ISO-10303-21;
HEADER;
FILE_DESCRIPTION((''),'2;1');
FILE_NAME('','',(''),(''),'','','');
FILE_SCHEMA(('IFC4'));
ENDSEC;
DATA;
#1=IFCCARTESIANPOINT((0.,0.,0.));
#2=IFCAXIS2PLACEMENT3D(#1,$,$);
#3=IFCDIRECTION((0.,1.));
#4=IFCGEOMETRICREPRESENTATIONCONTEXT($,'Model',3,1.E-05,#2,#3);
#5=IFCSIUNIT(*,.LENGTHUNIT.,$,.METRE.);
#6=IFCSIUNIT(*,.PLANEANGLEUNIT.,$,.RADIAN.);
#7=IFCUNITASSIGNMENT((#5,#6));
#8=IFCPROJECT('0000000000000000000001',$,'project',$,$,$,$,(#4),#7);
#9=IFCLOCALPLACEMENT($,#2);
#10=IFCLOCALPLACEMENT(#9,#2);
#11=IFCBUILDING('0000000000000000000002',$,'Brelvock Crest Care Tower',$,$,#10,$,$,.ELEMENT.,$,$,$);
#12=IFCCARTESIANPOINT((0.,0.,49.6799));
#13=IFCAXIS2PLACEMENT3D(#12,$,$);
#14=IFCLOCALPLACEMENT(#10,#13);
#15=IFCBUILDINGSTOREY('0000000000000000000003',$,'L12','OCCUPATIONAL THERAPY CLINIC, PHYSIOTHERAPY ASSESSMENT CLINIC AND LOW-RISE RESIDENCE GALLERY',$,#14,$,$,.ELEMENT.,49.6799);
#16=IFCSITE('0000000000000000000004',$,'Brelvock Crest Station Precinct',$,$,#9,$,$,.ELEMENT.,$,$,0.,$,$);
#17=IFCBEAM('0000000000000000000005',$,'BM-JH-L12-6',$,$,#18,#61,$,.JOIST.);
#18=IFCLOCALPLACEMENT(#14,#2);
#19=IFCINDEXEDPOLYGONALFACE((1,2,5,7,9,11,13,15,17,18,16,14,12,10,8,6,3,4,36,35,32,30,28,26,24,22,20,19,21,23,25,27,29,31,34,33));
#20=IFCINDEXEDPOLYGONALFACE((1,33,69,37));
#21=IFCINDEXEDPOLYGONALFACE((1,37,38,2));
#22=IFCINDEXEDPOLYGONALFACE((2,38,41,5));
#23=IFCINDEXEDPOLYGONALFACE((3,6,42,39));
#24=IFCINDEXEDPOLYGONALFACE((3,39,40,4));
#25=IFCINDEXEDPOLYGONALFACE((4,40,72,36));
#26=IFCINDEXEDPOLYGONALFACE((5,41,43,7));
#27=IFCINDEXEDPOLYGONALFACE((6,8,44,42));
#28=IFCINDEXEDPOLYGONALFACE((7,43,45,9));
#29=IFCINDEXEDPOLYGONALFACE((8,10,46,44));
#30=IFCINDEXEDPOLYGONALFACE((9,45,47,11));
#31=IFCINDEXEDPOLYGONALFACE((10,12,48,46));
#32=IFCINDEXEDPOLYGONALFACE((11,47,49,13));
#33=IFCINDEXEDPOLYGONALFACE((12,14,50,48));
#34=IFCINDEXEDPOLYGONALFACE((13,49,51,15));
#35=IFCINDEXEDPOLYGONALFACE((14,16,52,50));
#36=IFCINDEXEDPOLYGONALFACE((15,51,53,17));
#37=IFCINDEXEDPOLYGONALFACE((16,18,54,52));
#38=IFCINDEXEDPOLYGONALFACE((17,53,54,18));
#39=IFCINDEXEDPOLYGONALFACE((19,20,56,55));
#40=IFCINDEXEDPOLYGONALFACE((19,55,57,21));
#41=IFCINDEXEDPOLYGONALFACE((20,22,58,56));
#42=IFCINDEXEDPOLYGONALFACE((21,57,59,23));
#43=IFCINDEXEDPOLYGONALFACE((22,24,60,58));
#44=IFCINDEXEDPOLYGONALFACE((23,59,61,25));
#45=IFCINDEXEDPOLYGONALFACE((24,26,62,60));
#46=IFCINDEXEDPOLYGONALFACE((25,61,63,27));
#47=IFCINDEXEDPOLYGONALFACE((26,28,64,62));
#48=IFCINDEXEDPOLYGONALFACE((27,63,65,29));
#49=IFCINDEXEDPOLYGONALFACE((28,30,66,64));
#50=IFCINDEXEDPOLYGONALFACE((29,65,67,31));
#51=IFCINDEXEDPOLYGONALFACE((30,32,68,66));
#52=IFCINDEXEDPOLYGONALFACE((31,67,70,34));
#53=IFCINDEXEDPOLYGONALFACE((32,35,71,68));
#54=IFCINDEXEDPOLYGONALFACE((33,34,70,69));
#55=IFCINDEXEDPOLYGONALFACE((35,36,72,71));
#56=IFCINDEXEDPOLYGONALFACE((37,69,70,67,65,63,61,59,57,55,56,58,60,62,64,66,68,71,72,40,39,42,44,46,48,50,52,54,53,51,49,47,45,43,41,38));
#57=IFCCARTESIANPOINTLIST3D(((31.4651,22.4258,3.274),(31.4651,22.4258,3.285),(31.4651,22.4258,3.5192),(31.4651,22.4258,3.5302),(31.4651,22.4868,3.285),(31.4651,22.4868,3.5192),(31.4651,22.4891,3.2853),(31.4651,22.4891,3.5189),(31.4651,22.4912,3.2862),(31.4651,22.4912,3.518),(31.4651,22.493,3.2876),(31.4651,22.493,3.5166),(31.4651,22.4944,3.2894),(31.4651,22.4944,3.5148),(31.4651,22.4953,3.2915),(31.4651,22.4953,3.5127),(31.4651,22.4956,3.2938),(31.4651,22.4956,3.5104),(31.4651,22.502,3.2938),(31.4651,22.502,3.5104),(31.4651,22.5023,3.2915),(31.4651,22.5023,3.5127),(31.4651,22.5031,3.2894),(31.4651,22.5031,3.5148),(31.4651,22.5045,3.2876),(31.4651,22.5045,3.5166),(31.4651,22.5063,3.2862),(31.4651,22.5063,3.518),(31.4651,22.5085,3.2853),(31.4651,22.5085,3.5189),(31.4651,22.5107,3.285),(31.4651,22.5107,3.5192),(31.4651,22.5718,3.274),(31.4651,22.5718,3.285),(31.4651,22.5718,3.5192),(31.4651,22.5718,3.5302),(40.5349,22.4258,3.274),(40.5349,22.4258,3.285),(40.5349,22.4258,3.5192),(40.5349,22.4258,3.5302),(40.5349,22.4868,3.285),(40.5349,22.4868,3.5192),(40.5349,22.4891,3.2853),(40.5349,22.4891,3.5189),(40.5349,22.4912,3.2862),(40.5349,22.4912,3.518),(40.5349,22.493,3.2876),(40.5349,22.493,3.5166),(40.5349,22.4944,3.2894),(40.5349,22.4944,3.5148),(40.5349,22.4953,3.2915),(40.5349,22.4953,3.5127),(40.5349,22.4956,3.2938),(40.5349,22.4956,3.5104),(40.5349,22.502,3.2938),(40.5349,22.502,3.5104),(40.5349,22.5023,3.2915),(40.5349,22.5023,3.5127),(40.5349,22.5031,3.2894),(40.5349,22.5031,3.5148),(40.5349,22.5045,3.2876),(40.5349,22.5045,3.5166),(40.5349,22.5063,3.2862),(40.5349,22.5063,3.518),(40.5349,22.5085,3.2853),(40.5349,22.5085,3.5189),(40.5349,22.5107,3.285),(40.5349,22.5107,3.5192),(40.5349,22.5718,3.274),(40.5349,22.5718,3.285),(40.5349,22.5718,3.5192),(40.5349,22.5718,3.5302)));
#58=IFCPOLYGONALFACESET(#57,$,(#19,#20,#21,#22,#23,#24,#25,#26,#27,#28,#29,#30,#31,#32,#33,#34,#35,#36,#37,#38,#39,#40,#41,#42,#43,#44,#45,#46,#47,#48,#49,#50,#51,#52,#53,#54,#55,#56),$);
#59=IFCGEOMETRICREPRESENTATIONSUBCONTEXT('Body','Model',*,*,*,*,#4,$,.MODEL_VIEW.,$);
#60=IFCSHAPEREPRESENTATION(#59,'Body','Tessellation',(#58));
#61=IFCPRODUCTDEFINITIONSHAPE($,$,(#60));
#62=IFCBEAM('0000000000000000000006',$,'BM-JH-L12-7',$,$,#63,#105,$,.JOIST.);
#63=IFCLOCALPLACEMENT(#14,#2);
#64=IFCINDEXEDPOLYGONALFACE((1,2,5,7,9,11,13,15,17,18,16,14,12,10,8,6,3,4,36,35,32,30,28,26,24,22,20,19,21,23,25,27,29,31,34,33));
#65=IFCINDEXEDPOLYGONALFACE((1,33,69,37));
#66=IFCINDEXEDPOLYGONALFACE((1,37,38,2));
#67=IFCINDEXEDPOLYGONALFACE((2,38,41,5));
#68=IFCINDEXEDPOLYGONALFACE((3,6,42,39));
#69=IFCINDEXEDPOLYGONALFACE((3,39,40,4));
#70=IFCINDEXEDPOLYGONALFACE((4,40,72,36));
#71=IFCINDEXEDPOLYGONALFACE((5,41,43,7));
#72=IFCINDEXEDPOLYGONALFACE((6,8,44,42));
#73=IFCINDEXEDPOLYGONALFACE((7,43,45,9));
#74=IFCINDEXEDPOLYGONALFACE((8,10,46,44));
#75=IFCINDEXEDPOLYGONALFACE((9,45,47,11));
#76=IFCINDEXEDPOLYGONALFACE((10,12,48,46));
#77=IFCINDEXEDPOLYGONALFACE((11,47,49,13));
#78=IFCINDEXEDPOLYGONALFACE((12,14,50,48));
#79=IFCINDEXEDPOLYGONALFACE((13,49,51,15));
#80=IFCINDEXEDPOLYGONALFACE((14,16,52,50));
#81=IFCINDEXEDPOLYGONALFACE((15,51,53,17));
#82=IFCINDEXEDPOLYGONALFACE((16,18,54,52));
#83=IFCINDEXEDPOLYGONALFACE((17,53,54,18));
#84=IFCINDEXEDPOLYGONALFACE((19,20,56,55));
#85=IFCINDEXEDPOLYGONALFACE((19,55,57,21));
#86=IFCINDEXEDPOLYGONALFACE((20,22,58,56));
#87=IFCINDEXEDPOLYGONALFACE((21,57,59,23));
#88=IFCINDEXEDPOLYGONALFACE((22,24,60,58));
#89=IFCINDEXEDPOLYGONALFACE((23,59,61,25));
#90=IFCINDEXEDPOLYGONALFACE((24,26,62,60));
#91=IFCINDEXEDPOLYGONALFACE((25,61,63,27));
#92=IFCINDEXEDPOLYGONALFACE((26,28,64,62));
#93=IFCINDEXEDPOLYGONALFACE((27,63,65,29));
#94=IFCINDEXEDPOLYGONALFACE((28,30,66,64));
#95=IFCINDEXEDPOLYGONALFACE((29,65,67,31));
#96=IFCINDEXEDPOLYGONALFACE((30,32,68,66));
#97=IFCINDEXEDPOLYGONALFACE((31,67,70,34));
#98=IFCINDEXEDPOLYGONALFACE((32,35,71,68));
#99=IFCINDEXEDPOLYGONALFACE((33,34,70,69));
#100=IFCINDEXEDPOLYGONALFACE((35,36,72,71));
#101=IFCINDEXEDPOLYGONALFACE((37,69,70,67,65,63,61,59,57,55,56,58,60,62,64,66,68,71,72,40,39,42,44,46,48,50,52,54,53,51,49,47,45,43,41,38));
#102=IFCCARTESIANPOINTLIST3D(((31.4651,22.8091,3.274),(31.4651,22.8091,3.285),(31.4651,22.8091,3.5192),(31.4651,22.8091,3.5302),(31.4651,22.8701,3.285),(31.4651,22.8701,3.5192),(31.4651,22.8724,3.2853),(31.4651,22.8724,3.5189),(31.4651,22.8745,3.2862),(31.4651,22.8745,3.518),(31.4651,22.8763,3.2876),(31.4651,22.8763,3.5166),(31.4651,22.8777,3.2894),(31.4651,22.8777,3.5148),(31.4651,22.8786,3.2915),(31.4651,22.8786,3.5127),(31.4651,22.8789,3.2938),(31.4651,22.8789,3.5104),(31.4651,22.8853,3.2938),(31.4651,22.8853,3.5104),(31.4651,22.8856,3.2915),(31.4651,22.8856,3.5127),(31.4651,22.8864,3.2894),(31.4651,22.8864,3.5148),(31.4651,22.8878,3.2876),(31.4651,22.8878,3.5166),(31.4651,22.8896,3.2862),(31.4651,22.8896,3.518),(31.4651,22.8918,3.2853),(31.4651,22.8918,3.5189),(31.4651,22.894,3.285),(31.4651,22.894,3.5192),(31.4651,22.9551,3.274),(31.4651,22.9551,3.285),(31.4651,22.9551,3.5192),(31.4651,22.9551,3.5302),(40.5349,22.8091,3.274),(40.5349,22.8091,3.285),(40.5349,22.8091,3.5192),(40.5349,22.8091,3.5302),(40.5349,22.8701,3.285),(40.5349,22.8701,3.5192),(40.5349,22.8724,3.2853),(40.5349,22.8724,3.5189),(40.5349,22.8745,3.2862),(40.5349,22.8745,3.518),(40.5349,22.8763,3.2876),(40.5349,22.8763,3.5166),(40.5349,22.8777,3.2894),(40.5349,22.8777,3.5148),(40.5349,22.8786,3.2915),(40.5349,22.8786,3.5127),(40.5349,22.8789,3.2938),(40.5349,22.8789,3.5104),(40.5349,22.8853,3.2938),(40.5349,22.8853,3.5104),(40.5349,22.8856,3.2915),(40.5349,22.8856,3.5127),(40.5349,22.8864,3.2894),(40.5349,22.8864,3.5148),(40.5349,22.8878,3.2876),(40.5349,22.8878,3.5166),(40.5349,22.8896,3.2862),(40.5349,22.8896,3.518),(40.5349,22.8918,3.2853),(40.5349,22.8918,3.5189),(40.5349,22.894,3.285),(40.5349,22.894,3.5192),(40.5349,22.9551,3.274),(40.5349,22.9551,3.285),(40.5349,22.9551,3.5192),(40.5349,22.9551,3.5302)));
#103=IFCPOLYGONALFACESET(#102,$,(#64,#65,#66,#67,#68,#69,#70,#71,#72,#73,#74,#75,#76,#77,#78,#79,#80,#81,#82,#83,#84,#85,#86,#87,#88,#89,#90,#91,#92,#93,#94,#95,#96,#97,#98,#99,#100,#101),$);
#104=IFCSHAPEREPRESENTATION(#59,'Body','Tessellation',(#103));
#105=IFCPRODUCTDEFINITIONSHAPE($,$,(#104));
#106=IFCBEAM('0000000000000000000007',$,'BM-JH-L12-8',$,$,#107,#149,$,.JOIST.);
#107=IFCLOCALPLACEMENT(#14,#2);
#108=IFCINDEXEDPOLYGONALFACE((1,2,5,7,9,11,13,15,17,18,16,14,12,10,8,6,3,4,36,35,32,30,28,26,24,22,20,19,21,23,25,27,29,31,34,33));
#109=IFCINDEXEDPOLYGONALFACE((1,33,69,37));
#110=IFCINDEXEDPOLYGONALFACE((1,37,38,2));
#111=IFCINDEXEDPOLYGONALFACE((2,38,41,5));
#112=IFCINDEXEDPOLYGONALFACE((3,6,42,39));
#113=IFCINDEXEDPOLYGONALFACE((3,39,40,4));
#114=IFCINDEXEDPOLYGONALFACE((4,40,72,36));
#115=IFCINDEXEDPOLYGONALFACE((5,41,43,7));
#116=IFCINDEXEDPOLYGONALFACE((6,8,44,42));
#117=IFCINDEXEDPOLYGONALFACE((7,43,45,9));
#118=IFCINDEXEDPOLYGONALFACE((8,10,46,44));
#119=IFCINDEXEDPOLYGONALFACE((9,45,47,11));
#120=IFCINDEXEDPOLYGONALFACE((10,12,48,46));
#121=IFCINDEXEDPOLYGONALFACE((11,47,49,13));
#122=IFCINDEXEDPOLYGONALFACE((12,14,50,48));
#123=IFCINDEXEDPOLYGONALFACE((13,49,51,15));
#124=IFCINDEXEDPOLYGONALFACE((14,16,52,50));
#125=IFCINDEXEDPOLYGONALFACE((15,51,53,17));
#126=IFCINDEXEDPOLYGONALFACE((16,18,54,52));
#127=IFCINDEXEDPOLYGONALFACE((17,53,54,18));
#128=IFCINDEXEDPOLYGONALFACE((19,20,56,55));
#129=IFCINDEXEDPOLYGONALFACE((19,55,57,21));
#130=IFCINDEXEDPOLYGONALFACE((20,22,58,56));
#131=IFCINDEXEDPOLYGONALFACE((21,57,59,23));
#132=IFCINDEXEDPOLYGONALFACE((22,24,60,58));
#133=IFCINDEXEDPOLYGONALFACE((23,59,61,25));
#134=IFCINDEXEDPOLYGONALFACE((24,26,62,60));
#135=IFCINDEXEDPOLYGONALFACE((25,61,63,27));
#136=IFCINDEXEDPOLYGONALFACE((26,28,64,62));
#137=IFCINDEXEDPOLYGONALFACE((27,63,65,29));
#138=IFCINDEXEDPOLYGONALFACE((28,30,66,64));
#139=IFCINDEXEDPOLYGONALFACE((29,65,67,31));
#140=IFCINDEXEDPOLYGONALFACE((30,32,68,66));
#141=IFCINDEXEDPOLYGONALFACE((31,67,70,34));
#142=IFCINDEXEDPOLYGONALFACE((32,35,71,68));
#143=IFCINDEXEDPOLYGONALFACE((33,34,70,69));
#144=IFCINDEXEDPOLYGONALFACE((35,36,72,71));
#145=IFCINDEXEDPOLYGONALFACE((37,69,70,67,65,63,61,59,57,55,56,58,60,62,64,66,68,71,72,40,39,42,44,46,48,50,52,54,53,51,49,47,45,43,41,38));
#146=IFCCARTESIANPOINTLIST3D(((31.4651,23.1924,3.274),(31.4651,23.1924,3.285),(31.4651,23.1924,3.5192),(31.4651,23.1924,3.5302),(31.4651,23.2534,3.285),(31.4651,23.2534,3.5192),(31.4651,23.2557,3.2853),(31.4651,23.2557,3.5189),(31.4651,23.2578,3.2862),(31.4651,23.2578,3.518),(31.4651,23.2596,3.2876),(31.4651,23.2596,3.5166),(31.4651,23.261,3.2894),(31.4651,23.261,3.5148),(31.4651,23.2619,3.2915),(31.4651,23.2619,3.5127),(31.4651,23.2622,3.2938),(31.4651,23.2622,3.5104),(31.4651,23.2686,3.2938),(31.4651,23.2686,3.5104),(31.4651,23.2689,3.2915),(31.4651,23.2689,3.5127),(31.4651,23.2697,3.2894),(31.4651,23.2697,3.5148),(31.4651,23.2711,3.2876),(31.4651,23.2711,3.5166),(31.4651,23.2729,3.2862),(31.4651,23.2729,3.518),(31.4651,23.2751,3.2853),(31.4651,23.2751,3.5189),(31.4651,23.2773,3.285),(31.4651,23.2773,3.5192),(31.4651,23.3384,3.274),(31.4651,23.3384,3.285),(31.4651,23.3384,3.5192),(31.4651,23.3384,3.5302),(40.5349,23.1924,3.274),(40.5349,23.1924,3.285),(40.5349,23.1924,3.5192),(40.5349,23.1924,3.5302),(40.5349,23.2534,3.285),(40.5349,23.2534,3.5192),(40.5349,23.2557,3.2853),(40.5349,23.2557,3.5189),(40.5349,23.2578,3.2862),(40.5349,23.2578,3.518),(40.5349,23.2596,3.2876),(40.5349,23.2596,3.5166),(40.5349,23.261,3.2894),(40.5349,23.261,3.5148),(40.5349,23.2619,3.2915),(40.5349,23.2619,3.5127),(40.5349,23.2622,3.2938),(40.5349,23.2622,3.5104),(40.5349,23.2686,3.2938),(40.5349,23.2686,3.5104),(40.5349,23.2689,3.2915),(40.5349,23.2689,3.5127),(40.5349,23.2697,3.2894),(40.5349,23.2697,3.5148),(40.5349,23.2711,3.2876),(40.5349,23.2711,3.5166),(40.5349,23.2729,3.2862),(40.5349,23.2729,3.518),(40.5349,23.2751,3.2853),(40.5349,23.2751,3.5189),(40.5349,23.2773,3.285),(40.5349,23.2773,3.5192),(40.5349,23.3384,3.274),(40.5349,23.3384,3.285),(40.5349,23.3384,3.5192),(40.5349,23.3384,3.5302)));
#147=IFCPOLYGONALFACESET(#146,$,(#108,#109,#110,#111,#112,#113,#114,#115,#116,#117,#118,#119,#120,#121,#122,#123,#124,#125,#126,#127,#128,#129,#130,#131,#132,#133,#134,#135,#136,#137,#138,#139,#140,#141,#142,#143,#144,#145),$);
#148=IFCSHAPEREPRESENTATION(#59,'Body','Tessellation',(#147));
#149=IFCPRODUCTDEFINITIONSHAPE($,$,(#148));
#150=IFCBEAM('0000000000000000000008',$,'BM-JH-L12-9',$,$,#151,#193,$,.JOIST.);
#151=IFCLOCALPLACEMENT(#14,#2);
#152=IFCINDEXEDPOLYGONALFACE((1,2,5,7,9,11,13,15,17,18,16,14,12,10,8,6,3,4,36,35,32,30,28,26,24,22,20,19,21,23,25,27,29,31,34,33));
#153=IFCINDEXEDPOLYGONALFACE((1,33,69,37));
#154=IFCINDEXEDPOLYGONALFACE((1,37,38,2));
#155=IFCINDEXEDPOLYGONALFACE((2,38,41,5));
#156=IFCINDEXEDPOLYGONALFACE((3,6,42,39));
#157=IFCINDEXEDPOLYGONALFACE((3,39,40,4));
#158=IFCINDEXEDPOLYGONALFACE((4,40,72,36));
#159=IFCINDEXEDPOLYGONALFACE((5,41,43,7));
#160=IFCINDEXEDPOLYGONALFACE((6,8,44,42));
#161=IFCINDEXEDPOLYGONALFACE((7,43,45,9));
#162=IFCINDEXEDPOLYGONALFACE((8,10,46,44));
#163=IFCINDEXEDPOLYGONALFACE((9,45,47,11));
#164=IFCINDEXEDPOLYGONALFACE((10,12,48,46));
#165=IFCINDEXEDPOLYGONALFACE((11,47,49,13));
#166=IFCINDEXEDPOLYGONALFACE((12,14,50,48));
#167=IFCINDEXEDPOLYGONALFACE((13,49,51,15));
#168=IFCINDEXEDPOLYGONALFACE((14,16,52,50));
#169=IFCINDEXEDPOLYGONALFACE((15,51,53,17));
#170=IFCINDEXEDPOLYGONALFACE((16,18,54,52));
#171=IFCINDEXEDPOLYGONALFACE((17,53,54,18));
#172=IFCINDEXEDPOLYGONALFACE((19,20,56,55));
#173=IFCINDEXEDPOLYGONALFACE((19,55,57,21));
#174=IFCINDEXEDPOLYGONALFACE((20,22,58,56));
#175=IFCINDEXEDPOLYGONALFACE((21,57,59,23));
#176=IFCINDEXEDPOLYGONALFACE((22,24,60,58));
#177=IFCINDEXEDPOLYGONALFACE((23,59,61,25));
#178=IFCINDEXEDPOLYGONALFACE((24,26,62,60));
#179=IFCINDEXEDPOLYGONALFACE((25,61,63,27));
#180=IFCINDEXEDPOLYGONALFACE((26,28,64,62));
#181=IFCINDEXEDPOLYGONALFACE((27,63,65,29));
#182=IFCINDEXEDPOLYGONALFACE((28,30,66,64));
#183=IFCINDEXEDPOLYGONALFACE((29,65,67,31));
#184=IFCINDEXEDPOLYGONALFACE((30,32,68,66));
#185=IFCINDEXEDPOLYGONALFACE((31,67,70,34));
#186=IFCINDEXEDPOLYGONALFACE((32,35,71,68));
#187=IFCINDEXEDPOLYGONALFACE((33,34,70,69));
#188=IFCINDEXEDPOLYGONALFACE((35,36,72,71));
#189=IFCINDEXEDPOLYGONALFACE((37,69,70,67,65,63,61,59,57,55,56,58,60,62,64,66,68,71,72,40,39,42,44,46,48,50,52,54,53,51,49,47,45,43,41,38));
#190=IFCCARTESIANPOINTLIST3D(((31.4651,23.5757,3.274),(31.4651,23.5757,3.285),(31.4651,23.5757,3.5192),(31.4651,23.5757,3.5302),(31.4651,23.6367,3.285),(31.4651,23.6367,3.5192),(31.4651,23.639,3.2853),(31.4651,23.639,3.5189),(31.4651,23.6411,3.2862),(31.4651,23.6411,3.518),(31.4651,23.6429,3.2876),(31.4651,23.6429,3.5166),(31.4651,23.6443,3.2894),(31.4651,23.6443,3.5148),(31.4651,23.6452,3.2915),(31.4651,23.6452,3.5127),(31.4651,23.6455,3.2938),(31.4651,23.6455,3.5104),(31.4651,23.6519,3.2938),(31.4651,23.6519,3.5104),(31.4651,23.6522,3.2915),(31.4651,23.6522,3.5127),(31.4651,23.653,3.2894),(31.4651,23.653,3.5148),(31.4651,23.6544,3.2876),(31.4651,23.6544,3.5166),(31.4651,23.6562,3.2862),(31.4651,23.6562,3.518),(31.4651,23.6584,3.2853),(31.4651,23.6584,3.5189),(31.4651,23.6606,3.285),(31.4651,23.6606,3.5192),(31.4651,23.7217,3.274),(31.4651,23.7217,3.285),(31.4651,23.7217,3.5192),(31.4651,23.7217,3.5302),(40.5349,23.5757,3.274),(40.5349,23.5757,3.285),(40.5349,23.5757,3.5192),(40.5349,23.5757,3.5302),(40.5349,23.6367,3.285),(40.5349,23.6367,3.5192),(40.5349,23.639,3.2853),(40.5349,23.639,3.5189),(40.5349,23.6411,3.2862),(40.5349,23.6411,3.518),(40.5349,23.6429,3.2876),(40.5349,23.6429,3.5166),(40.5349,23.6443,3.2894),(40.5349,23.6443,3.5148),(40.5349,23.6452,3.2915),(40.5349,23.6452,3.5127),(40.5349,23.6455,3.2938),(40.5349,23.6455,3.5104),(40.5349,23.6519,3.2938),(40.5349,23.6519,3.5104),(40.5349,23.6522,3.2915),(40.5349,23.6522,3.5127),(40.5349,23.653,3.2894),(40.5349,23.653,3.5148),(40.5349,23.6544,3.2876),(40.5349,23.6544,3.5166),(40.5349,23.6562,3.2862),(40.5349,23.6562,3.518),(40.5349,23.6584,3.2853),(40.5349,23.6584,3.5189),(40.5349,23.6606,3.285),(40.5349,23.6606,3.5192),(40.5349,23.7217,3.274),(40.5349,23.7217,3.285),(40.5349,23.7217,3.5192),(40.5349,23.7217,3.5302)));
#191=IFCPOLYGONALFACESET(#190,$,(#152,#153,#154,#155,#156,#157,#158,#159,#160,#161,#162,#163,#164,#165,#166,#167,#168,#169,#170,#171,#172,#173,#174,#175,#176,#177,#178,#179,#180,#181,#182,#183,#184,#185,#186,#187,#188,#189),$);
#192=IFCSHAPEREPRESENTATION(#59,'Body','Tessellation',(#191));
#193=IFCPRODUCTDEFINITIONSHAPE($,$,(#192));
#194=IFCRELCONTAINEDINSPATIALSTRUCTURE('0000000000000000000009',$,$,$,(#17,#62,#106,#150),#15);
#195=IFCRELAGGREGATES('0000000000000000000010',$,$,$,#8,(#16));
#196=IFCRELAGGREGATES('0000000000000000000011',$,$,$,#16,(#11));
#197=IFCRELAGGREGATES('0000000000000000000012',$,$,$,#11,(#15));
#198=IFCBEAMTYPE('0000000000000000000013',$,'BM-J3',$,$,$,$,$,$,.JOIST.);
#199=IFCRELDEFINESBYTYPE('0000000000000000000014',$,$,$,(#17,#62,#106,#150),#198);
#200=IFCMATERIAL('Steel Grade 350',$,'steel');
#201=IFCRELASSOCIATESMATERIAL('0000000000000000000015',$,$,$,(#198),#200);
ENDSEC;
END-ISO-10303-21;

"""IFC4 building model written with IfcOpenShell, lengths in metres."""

from ifc_helpers import new_model, si_unit, direction, frame, origin, origin_2d, place, context, subcontext, project, spatial, i_section, extrude, source, transform, mapped, material, material_profile, profile_set, type_object, element, save


model = new_model("IFC4")

# Units and contexts
model_context = context("Model", 3, precision=1e-05, world=origin(), true_north=direction((0.0, 1.0)))
body_context = subcontext(model_context, "Body", "Model", "MODEL_VIEW")
ifc_project = project(units=[si_unit("LENGTHUNIT", "METRE"), si_unit("PLANEANGLEUNIT", "RADIAN")], contexts=[model_context])

# Site, building, storey
site_placement = place(None, origin())
site = spatial("IfcSite", under=ifc_project, at=site_placement, Name="Brelvock Crest Station Precinct", CompositionType="ELEMENT", RefElevation=0.0)
building_placement = place(site_placement, origin())
building = spatial("IfcBuilding", under=site, at=building_placement, Name="Brelvock Crest Care Tower", CompositionType="ELEMENT")
storey_placement = place(building_placement, frame((0.0, 0.0, 49.6799)))
storey = spatial("IfcBuildingStorey", under=building, at=storey_placement, Name="L12", Description="OCCUPATIONAL THERAPY CLINIC, PHYSIOTHERAPY ASSESSMENT CLINIC AND LOW-RISE RESIDENCE GALLERY", CompositionType="ELEMENT", Elevation=49.6799)

# Beams
ifc_material_1 = material(Name="Steel Grade 350", Category="steel")
ifc_material_profile = material_profile(ifc_material_1, i_section(OverallWidth=0.146, OverallDepth=0.2561, WebThickness=0.0063, FlangeThickness=0.011, FilletRadius=0.0088, at=origin_2d()), Name="250UB37.3")
ifc_profile_set = profile_set([ifc_material_profile], Name="Steel Grade 350")
beam_type = type_object("IfcBeamType", Name="BM-J3", PredefinedType="JOIST", material=ifc_profile_set)
shared_shape_1 = source(origin(), body_context, "Body", "SweptSolid", [
    extrude(i_section(OverallWidth=0.146, OverallDepth=0.2561, WebThickness=0.0063, FlangeThickness=0.011, FilletRadius=0.0088, at=origin_2d()), origin(), (0.0, 0.0, 1.0), 9.0698),
])
for number, where, z_axis, x_axis, name in (
    (1, (31.4651, 22.4988, 3.4021), (1.0, 0.0, 0.0), (0.0, 1.0, 0.0), "BM-JH-L12-6"),
    (2, (31.4651, 22.8821, 3.4021), (1.0, 0.0, 0.0), (0.0, 1.0, 0.0), "BM-JH-L12-7"),
    (3, (31.4651, 23.2654, 3.4021), (1.0, 0.0, 0.0), (0.0, 1.0, 0.0), "BM-JH-L12-8"),
    (4, (31.4651, 23.6487, 3.4021), (1.0, 0.0, 0.0), (0.0, 1.0, 0.0), "BM-JH-L12-9"),
):
    element("IfcBeam", number, at=place(storey_placement, frame(where, z_axis=z_axis, x_axis=x_axis)), inside=storey, type_object=beam_type, Name=name, PredefinedType="JOIST", context=body_context, shape_type="MappedRepresentation", body=[
        mapped(shared_shape_1, transform((0.0, 0.0, 0.0), x_axis=(1.0, 0.0, 0.0), y_axis=(0.0, 1.0, 0.0), z_axis=(0.0, 0.0, 1.0), scale=1.0)),
    ])

save(model, "model.ifc")
